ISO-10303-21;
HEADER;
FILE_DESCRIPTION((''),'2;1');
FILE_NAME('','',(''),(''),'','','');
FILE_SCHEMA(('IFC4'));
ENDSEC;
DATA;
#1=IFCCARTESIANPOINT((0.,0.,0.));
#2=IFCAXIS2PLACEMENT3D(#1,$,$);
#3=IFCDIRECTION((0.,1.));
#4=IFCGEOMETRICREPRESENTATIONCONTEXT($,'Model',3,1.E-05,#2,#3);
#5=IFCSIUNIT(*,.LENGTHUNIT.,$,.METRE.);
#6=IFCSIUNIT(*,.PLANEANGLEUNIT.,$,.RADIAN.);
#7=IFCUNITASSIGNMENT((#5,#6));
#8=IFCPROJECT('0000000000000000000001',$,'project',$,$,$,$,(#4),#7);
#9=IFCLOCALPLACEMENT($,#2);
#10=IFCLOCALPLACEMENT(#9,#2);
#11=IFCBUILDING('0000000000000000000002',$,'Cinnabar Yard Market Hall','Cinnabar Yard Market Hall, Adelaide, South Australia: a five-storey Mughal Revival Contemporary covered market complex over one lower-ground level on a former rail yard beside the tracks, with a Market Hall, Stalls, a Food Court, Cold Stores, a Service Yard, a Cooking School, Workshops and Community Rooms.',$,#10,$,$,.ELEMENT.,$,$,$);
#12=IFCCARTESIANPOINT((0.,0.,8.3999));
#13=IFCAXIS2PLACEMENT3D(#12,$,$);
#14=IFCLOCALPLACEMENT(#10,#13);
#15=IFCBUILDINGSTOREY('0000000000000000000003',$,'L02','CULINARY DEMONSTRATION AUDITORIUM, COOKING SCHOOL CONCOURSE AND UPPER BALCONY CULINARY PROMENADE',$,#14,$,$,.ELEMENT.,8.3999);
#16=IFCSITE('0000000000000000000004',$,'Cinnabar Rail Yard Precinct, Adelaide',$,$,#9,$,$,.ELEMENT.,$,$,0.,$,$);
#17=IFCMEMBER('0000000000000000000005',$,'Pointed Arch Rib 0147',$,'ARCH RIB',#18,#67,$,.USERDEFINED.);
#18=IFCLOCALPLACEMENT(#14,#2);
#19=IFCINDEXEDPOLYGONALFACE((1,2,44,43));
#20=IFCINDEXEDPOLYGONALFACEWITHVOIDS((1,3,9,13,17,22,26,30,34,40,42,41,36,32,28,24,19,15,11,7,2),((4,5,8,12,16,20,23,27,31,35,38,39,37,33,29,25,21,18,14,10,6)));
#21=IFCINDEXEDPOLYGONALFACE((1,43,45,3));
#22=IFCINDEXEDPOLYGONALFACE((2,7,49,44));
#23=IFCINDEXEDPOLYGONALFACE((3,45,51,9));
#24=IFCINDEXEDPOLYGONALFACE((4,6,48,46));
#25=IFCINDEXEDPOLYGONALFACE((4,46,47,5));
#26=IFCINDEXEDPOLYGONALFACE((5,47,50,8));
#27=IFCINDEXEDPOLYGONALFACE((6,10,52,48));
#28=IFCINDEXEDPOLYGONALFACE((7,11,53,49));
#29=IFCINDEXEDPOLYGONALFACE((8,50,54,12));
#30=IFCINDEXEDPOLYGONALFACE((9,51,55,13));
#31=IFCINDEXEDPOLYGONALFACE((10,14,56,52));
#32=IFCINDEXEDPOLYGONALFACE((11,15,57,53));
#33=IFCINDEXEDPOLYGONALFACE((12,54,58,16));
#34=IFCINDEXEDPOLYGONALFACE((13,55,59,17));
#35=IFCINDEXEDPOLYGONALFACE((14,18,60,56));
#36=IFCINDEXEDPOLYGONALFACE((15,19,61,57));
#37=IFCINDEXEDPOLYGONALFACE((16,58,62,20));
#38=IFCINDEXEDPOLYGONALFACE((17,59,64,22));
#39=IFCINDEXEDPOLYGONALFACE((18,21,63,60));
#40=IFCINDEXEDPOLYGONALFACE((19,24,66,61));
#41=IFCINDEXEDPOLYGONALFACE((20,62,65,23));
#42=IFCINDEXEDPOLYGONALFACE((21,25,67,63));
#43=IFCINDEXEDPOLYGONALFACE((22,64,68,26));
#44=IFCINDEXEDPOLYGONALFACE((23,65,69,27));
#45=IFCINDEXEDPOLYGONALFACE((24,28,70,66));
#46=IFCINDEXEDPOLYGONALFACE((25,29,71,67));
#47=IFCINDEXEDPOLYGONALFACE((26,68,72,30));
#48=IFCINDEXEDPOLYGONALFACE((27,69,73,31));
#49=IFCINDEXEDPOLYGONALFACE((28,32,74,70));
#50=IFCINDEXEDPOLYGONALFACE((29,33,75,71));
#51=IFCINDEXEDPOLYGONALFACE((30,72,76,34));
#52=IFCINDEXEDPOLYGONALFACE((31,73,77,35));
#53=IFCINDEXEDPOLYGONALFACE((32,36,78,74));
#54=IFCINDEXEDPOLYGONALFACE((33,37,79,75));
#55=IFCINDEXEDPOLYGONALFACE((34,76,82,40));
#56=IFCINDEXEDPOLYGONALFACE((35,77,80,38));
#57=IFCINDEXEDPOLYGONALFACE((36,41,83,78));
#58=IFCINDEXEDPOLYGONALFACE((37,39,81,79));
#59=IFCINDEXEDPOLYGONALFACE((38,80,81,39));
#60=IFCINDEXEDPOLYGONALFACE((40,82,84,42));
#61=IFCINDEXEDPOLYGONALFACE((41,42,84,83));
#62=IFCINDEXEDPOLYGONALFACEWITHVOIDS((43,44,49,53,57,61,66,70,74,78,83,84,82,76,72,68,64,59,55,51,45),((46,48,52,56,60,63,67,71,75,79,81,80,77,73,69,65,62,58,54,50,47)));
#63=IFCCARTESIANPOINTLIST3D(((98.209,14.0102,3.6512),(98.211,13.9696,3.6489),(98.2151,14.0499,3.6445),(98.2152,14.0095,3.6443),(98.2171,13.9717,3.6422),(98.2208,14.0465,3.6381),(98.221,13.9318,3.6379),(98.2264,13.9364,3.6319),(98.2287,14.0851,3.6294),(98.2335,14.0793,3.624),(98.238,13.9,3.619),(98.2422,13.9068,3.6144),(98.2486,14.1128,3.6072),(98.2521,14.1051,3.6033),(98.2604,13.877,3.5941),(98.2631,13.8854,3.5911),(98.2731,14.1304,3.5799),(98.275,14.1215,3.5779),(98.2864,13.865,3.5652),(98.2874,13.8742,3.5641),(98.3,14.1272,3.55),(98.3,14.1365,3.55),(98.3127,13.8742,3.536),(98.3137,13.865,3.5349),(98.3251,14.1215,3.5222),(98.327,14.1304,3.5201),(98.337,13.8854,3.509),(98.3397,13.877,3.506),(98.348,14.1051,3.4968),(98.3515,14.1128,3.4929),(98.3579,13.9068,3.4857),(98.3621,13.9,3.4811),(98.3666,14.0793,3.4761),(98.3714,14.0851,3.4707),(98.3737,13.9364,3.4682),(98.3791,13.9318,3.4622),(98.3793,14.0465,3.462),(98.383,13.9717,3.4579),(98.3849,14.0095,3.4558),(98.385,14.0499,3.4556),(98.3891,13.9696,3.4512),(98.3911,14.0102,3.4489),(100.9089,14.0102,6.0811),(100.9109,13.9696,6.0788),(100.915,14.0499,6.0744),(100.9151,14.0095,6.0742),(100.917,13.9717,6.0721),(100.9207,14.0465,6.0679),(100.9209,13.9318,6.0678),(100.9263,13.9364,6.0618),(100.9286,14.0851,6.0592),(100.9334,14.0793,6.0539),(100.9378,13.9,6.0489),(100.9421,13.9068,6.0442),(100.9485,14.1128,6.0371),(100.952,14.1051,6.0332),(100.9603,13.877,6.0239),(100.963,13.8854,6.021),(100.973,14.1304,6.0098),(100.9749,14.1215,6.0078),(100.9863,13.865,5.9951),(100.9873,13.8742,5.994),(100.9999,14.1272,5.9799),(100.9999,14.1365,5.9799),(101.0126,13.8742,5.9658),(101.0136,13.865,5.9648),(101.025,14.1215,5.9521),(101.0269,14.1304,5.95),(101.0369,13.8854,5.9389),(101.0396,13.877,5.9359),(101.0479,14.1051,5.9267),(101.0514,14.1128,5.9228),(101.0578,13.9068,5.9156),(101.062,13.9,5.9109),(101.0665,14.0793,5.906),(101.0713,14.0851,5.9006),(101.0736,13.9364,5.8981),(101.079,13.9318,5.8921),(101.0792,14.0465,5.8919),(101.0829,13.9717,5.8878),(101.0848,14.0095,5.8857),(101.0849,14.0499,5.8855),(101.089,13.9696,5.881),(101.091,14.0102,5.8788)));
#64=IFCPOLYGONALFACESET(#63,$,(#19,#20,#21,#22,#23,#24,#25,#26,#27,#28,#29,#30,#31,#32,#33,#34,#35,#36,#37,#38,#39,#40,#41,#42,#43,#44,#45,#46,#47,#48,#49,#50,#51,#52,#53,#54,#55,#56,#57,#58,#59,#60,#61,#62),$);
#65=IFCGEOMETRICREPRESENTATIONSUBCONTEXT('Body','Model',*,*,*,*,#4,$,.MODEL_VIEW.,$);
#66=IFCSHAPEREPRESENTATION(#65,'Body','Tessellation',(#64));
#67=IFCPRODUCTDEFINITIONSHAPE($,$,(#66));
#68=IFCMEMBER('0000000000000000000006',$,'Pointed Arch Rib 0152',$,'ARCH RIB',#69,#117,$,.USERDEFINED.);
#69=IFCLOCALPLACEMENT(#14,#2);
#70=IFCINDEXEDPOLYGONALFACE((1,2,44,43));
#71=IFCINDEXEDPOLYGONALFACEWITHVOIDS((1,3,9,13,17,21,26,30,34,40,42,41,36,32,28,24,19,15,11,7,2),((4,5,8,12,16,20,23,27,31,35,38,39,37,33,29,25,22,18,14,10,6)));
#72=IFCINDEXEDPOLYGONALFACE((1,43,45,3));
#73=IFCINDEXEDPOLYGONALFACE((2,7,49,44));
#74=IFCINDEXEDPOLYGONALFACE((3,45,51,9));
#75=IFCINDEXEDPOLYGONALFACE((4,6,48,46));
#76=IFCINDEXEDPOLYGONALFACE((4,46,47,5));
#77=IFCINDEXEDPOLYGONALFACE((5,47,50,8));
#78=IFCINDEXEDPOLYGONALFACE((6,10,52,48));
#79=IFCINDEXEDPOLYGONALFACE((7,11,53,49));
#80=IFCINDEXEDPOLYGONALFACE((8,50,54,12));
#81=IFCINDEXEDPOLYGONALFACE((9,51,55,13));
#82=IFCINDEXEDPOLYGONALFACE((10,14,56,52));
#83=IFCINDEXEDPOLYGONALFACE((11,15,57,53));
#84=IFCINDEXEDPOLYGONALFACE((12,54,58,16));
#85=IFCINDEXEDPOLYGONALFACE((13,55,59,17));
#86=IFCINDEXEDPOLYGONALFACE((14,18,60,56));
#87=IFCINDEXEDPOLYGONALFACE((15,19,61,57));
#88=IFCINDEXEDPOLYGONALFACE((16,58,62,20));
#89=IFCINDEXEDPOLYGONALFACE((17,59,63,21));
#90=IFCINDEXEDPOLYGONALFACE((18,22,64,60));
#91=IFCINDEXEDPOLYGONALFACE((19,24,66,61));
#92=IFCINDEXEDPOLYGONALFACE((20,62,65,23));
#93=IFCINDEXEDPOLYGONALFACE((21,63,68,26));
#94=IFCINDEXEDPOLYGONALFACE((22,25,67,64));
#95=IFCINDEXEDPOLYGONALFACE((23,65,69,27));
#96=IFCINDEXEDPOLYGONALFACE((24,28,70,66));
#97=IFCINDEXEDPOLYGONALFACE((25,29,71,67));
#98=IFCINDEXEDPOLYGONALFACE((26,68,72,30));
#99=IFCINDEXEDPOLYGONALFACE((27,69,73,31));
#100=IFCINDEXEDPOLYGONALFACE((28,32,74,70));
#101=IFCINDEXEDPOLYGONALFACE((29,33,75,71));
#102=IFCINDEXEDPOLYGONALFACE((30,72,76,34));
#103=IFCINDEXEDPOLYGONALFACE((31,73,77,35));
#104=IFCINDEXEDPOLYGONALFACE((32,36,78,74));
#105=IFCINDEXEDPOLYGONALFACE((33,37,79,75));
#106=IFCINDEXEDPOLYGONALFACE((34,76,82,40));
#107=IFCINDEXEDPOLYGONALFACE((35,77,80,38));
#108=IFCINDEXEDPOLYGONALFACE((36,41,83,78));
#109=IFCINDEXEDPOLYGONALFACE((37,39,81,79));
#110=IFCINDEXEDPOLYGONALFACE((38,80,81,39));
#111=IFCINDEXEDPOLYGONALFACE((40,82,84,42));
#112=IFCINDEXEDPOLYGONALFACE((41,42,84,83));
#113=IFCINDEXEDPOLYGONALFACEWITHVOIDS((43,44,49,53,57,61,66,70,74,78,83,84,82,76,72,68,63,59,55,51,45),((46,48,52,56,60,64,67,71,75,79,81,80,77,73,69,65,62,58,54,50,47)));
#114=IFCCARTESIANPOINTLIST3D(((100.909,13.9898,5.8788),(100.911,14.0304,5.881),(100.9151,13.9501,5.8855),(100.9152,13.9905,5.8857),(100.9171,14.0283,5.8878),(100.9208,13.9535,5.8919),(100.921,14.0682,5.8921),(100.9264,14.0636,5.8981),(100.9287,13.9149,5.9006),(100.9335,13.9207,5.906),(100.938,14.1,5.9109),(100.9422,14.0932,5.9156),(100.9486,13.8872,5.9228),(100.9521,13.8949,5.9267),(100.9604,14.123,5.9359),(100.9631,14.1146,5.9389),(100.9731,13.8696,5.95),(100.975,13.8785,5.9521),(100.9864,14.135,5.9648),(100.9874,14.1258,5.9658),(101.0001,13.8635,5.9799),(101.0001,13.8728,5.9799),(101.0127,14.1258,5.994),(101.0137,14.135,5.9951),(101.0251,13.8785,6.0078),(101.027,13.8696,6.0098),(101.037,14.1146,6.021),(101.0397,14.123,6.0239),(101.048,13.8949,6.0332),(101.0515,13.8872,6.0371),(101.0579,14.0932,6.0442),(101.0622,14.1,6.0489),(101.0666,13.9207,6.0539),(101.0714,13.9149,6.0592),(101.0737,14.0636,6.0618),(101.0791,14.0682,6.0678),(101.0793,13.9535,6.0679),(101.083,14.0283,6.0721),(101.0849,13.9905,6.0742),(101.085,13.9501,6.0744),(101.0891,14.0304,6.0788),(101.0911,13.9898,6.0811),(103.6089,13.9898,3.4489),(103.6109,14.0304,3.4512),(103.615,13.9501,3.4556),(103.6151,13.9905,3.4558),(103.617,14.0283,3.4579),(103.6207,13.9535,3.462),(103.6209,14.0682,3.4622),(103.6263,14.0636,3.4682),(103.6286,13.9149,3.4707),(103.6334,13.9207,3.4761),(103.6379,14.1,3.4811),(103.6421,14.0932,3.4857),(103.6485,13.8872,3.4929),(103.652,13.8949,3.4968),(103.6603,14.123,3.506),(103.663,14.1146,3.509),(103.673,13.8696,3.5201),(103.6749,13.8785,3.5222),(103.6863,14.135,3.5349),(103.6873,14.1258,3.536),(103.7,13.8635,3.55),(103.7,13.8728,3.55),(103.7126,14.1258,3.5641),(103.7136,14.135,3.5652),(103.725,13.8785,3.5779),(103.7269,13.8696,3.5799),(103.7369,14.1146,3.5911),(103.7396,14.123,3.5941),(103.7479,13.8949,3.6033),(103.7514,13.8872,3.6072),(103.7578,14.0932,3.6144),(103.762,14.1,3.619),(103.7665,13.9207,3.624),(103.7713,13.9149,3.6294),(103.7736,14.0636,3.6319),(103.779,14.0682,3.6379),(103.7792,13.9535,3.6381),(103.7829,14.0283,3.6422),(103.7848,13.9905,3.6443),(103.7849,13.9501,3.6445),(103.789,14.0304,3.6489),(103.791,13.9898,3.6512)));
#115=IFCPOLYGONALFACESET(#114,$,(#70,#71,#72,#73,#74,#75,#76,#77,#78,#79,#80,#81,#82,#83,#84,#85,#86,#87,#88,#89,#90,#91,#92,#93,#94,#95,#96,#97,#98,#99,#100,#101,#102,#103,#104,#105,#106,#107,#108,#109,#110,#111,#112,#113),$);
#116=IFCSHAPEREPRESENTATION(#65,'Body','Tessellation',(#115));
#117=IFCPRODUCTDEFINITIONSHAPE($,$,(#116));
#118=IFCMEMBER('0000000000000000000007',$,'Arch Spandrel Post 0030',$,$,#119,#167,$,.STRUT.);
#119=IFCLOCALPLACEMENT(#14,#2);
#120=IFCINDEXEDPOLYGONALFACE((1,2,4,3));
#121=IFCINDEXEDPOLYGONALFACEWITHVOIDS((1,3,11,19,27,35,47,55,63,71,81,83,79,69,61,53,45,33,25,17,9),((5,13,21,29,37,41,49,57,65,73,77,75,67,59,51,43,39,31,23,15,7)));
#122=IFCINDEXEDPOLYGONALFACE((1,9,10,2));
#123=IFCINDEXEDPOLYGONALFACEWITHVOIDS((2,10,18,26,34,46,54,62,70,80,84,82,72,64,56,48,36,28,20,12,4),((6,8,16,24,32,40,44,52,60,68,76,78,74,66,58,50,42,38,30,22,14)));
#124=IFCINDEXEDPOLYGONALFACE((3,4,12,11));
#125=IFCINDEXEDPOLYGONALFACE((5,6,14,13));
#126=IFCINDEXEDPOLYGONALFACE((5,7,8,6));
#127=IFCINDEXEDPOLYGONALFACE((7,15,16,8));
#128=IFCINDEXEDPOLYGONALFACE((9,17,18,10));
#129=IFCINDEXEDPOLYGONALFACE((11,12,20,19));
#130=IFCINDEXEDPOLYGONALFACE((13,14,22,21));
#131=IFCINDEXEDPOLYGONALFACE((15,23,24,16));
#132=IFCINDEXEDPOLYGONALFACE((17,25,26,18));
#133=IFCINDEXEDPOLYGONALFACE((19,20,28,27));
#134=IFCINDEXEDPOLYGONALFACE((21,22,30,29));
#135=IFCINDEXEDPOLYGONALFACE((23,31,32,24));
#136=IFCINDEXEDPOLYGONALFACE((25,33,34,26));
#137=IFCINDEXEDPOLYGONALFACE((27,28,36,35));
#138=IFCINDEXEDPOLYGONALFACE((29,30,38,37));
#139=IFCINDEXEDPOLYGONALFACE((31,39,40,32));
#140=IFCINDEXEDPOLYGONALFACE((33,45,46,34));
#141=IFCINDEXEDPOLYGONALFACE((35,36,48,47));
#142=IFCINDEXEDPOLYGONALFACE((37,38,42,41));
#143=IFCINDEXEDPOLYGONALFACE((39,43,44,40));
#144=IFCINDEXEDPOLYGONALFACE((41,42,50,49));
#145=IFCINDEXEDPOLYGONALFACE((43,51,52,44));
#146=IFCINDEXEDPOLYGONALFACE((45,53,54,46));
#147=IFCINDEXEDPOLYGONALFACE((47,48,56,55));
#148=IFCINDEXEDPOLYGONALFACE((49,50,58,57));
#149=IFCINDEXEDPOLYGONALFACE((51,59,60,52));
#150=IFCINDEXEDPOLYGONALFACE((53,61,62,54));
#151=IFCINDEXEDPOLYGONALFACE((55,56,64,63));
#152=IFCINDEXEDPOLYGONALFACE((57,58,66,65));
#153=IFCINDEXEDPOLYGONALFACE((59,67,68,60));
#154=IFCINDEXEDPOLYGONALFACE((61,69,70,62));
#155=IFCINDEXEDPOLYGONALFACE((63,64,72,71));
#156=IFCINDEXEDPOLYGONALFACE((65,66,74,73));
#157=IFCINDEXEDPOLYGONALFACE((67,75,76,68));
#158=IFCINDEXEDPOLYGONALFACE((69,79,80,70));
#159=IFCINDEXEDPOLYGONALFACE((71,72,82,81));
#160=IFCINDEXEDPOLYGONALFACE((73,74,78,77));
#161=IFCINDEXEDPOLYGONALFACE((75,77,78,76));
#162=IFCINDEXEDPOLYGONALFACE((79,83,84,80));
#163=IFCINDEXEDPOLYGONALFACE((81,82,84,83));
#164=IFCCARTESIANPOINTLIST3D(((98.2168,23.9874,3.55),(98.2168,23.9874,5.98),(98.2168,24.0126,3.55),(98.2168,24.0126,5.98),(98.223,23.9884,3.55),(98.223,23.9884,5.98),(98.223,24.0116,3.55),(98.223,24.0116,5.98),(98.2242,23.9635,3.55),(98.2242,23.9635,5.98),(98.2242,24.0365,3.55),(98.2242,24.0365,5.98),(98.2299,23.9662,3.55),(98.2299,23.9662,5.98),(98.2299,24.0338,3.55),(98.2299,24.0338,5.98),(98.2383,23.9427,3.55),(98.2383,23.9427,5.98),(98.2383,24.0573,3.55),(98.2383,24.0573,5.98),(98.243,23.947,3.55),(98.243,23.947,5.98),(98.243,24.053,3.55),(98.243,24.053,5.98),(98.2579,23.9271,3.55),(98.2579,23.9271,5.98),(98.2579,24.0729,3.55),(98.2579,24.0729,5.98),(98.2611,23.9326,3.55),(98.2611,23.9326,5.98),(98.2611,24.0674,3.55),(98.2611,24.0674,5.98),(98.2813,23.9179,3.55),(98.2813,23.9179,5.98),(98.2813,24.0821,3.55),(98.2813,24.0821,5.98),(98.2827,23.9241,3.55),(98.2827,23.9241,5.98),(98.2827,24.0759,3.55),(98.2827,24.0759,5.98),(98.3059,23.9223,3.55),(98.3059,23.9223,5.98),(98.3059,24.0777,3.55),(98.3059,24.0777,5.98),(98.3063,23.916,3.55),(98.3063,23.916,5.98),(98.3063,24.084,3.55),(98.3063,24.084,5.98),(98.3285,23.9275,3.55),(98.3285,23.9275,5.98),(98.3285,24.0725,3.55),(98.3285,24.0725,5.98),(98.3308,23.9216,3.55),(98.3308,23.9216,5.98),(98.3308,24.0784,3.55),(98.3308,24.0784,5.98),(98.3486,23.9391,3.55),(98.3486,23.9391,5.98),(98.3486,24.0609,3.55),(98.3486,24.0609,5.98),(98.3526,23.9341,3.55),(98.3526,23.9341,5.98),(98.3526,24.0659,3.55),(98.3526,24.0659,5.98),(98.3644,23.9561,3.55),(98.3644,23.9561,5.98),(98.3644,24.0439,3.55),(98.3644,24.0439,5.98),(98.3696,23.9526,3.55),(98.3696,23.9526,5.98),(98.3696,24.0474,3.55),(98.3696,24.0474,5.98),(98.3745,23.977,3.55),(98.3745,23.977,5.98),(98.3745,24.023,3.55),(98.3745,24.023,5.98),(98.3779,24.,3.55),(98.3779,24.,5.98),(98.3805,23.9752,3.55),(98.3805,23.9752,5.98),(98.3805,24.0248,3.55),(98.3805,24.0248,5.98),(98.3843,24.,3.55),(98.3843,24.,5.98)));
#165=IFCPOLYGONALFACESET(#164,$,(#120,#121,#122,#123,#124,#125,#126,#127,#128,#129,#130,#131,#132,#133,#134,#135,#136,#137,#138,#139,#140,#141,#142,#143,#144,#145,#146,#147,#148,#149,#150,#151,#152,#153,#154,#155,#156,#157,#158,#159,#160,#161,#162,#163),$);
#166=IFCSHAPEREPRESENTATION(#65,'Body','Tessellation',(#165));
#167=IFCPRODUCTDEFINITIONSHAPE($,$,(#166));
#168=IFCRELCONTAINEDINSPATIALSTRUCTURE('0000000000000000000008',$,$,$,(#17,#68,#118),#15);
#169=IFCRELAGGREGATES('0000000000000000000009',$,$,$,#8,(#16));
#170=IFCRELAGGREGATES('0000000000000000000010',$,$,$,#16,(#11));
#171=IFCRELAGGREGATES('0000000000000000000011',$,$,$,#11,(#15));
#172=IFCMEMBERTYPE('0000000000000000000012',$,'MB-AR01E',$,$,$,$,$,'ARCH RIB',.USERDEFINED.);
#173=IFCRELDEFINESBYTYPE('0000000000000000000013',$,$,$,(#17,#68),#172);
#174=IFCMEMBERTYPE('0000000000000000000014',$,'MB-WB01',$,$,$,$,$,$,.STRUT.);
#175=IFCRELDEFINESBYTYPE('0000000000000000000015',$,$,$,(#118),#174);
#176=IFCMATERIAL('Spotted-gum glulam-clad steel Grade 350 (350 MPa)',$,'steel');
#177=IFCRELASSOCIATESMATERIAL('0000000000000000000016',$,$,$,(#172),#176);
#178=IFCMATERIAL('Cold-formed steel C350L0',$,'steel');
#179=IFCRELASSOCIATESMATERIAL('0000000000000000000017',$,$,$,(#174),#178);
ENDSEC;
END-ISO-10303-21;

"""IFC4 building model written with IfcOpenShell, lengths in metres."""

from ifc_helpers import new_model, si_unit, direction, frame, origin, origin_2d_with_axis, place, context, subcontext, project, spatial, hollow_circle, extrude, material, material_profile, profile_set, type_object, element, save


model = new_model("IFC4")

# Units and contexts
model_context = context("Model", 3, precision=1e-05, world=origin(), true_north=direction((0.0, 1.0)))
body_context = subcontext(model_context, "Body", "Model", "MODEL_VIEW")
ifc_project = project(units=[si_unit("LENGTHUNIT", "METRE"), si_unit("PLANEANGLEUNIT", "RADIAN")], contexts=[model_context])

# Site, building, storey
site_placement = place(None, origin())
site = spatial("IfcSite", under=ifc_project, at=site_placement, Name="Cinnabar Rail Yard Precinct, Adelaide", CompositionType="ELEMENT", RefElevation=0.0)
building_placement = place(site_placement, origin())
building = spatial("IfcBuilding", under=site, at=building_placement, Name="Cinnabar Yard Market Hall", Description="Cinnabar Yard Market Hall, Adelaide, South Australia: a five-storey Mughal Revival Contemporary covered market complex over one lower-ground level on a former rail yard beside the tracks, with a Market Hall, Stalls, a Food Court, Cold Stores, a Service Yard, a Cooking School, Workshops and Community Rooms.", CompositionType="ELEMENT")
storey_placement = place(building_placement, frame((0.0, 0.0, 8.3999)))
storey = spatial("IfcBuildingStorey", under=building, at=storey_placement, Name="L02", Description="CULINARY DEMONSTRATION AUDITORIUM, COOKING SCHOOL CONCOURSE AND UPPER BALCONY CULINARY PROMENADE", CompositionType="ELEMENT", Elevation=8.3999)

# Members
ifc_material_1 = material(Name="Spotted-gum glulam-clad steel Grade 350 (350 MPa)", Category="steel")
ifc_material_profile_1 = material_profile(ifc_material_1, hollow_circle(Radius=0.1365, WallThickness=0.0093, at=origin_2d_with_axis()), Name="273.1x9.3CHS")
ifc_profile_set_1 = profile_set([ifc_material_profile_1], Name="Spotted-gum glulam-clad steel Grade 350 (350 MPa)")
member_type_1 = type_object("IfcMemberType", Name="MB-AR01E", ElementType="ARCH RIB", PredefinedType="USERDEFINED", material=ifc_profile_set_1)
for number, where, z_axis, x_axis, name in (
    (1, (98.3, 14.0, 3.55), (0.743297, 0.0, 0.668961), (0.0, 1.0, 0.0), "Pointed Arch Rib 0147"),
    (2, (103.7, 14.0, 3.55), (-0.743297, 0.0, 0.668961), (0.0, -1.0, 0.0), "Pointed Arch Rib 0152"),
):
    element("IfcMember", number, at=place(storey_placement, frame(where, z_axis=z_axis, x_axis=x_axis)), inside=storey, type_object=member_type_1, Name=name, ObjectType="ARCH RIB", PredefinedType="USERDEFINED", context=body_context, shape_type="SweptSolid", body=[
        extrude(hollow_circle(Radius=0.1365, WallThickness=0.0093, at=origin_2d_with_axis()), origin(), (0.0, 0.0, 1.0), 3.6323),
    ])
ifc_material_2 = material(Name="Cold-formed steel C350L0", Category="steel")
ifc_material_profile_2 = material_profile(ifc_material_2, hollow_circle(Radius=0.0842, WallThickness=0.0063, at=origin_2d_with_axis()), Name="168.3x6.4CHS")
ifc_profile_set_2 = profile_set([ifc_material_profile_2], Name="Cold-formed steel C350L0")
member_type_2 = type_object("IfcMemberType", Name="MB-WB01", PredefinedType="STRUT", material=ifc_profile_set_2)
for number, where, z_axis, x_axis, name in (
    (3, (98.3, 24.0, 3.55), (0.0, 0.0, 1.0), (1.0, 0.0, 0.0), "Arch Spandrel Post 0030"),
):
    element("IfcMember", number, at=place(storey_placement, frame(where, z_axis=z_axis, x_axis=x_axis)), inside=storey, type_object=member_type_2, Name=name, PredefinedType="STRUT", context=body_context, shape_type="SweptSolid", body=[
        extrude(hollow_circle(Radius=0.0842, WallThickness=0.0063, at=origin_2d_with_axis()), origin(), (0.0, 0.0, 1.0), 2.4299),
    ])

save(model, "model.ifc")
